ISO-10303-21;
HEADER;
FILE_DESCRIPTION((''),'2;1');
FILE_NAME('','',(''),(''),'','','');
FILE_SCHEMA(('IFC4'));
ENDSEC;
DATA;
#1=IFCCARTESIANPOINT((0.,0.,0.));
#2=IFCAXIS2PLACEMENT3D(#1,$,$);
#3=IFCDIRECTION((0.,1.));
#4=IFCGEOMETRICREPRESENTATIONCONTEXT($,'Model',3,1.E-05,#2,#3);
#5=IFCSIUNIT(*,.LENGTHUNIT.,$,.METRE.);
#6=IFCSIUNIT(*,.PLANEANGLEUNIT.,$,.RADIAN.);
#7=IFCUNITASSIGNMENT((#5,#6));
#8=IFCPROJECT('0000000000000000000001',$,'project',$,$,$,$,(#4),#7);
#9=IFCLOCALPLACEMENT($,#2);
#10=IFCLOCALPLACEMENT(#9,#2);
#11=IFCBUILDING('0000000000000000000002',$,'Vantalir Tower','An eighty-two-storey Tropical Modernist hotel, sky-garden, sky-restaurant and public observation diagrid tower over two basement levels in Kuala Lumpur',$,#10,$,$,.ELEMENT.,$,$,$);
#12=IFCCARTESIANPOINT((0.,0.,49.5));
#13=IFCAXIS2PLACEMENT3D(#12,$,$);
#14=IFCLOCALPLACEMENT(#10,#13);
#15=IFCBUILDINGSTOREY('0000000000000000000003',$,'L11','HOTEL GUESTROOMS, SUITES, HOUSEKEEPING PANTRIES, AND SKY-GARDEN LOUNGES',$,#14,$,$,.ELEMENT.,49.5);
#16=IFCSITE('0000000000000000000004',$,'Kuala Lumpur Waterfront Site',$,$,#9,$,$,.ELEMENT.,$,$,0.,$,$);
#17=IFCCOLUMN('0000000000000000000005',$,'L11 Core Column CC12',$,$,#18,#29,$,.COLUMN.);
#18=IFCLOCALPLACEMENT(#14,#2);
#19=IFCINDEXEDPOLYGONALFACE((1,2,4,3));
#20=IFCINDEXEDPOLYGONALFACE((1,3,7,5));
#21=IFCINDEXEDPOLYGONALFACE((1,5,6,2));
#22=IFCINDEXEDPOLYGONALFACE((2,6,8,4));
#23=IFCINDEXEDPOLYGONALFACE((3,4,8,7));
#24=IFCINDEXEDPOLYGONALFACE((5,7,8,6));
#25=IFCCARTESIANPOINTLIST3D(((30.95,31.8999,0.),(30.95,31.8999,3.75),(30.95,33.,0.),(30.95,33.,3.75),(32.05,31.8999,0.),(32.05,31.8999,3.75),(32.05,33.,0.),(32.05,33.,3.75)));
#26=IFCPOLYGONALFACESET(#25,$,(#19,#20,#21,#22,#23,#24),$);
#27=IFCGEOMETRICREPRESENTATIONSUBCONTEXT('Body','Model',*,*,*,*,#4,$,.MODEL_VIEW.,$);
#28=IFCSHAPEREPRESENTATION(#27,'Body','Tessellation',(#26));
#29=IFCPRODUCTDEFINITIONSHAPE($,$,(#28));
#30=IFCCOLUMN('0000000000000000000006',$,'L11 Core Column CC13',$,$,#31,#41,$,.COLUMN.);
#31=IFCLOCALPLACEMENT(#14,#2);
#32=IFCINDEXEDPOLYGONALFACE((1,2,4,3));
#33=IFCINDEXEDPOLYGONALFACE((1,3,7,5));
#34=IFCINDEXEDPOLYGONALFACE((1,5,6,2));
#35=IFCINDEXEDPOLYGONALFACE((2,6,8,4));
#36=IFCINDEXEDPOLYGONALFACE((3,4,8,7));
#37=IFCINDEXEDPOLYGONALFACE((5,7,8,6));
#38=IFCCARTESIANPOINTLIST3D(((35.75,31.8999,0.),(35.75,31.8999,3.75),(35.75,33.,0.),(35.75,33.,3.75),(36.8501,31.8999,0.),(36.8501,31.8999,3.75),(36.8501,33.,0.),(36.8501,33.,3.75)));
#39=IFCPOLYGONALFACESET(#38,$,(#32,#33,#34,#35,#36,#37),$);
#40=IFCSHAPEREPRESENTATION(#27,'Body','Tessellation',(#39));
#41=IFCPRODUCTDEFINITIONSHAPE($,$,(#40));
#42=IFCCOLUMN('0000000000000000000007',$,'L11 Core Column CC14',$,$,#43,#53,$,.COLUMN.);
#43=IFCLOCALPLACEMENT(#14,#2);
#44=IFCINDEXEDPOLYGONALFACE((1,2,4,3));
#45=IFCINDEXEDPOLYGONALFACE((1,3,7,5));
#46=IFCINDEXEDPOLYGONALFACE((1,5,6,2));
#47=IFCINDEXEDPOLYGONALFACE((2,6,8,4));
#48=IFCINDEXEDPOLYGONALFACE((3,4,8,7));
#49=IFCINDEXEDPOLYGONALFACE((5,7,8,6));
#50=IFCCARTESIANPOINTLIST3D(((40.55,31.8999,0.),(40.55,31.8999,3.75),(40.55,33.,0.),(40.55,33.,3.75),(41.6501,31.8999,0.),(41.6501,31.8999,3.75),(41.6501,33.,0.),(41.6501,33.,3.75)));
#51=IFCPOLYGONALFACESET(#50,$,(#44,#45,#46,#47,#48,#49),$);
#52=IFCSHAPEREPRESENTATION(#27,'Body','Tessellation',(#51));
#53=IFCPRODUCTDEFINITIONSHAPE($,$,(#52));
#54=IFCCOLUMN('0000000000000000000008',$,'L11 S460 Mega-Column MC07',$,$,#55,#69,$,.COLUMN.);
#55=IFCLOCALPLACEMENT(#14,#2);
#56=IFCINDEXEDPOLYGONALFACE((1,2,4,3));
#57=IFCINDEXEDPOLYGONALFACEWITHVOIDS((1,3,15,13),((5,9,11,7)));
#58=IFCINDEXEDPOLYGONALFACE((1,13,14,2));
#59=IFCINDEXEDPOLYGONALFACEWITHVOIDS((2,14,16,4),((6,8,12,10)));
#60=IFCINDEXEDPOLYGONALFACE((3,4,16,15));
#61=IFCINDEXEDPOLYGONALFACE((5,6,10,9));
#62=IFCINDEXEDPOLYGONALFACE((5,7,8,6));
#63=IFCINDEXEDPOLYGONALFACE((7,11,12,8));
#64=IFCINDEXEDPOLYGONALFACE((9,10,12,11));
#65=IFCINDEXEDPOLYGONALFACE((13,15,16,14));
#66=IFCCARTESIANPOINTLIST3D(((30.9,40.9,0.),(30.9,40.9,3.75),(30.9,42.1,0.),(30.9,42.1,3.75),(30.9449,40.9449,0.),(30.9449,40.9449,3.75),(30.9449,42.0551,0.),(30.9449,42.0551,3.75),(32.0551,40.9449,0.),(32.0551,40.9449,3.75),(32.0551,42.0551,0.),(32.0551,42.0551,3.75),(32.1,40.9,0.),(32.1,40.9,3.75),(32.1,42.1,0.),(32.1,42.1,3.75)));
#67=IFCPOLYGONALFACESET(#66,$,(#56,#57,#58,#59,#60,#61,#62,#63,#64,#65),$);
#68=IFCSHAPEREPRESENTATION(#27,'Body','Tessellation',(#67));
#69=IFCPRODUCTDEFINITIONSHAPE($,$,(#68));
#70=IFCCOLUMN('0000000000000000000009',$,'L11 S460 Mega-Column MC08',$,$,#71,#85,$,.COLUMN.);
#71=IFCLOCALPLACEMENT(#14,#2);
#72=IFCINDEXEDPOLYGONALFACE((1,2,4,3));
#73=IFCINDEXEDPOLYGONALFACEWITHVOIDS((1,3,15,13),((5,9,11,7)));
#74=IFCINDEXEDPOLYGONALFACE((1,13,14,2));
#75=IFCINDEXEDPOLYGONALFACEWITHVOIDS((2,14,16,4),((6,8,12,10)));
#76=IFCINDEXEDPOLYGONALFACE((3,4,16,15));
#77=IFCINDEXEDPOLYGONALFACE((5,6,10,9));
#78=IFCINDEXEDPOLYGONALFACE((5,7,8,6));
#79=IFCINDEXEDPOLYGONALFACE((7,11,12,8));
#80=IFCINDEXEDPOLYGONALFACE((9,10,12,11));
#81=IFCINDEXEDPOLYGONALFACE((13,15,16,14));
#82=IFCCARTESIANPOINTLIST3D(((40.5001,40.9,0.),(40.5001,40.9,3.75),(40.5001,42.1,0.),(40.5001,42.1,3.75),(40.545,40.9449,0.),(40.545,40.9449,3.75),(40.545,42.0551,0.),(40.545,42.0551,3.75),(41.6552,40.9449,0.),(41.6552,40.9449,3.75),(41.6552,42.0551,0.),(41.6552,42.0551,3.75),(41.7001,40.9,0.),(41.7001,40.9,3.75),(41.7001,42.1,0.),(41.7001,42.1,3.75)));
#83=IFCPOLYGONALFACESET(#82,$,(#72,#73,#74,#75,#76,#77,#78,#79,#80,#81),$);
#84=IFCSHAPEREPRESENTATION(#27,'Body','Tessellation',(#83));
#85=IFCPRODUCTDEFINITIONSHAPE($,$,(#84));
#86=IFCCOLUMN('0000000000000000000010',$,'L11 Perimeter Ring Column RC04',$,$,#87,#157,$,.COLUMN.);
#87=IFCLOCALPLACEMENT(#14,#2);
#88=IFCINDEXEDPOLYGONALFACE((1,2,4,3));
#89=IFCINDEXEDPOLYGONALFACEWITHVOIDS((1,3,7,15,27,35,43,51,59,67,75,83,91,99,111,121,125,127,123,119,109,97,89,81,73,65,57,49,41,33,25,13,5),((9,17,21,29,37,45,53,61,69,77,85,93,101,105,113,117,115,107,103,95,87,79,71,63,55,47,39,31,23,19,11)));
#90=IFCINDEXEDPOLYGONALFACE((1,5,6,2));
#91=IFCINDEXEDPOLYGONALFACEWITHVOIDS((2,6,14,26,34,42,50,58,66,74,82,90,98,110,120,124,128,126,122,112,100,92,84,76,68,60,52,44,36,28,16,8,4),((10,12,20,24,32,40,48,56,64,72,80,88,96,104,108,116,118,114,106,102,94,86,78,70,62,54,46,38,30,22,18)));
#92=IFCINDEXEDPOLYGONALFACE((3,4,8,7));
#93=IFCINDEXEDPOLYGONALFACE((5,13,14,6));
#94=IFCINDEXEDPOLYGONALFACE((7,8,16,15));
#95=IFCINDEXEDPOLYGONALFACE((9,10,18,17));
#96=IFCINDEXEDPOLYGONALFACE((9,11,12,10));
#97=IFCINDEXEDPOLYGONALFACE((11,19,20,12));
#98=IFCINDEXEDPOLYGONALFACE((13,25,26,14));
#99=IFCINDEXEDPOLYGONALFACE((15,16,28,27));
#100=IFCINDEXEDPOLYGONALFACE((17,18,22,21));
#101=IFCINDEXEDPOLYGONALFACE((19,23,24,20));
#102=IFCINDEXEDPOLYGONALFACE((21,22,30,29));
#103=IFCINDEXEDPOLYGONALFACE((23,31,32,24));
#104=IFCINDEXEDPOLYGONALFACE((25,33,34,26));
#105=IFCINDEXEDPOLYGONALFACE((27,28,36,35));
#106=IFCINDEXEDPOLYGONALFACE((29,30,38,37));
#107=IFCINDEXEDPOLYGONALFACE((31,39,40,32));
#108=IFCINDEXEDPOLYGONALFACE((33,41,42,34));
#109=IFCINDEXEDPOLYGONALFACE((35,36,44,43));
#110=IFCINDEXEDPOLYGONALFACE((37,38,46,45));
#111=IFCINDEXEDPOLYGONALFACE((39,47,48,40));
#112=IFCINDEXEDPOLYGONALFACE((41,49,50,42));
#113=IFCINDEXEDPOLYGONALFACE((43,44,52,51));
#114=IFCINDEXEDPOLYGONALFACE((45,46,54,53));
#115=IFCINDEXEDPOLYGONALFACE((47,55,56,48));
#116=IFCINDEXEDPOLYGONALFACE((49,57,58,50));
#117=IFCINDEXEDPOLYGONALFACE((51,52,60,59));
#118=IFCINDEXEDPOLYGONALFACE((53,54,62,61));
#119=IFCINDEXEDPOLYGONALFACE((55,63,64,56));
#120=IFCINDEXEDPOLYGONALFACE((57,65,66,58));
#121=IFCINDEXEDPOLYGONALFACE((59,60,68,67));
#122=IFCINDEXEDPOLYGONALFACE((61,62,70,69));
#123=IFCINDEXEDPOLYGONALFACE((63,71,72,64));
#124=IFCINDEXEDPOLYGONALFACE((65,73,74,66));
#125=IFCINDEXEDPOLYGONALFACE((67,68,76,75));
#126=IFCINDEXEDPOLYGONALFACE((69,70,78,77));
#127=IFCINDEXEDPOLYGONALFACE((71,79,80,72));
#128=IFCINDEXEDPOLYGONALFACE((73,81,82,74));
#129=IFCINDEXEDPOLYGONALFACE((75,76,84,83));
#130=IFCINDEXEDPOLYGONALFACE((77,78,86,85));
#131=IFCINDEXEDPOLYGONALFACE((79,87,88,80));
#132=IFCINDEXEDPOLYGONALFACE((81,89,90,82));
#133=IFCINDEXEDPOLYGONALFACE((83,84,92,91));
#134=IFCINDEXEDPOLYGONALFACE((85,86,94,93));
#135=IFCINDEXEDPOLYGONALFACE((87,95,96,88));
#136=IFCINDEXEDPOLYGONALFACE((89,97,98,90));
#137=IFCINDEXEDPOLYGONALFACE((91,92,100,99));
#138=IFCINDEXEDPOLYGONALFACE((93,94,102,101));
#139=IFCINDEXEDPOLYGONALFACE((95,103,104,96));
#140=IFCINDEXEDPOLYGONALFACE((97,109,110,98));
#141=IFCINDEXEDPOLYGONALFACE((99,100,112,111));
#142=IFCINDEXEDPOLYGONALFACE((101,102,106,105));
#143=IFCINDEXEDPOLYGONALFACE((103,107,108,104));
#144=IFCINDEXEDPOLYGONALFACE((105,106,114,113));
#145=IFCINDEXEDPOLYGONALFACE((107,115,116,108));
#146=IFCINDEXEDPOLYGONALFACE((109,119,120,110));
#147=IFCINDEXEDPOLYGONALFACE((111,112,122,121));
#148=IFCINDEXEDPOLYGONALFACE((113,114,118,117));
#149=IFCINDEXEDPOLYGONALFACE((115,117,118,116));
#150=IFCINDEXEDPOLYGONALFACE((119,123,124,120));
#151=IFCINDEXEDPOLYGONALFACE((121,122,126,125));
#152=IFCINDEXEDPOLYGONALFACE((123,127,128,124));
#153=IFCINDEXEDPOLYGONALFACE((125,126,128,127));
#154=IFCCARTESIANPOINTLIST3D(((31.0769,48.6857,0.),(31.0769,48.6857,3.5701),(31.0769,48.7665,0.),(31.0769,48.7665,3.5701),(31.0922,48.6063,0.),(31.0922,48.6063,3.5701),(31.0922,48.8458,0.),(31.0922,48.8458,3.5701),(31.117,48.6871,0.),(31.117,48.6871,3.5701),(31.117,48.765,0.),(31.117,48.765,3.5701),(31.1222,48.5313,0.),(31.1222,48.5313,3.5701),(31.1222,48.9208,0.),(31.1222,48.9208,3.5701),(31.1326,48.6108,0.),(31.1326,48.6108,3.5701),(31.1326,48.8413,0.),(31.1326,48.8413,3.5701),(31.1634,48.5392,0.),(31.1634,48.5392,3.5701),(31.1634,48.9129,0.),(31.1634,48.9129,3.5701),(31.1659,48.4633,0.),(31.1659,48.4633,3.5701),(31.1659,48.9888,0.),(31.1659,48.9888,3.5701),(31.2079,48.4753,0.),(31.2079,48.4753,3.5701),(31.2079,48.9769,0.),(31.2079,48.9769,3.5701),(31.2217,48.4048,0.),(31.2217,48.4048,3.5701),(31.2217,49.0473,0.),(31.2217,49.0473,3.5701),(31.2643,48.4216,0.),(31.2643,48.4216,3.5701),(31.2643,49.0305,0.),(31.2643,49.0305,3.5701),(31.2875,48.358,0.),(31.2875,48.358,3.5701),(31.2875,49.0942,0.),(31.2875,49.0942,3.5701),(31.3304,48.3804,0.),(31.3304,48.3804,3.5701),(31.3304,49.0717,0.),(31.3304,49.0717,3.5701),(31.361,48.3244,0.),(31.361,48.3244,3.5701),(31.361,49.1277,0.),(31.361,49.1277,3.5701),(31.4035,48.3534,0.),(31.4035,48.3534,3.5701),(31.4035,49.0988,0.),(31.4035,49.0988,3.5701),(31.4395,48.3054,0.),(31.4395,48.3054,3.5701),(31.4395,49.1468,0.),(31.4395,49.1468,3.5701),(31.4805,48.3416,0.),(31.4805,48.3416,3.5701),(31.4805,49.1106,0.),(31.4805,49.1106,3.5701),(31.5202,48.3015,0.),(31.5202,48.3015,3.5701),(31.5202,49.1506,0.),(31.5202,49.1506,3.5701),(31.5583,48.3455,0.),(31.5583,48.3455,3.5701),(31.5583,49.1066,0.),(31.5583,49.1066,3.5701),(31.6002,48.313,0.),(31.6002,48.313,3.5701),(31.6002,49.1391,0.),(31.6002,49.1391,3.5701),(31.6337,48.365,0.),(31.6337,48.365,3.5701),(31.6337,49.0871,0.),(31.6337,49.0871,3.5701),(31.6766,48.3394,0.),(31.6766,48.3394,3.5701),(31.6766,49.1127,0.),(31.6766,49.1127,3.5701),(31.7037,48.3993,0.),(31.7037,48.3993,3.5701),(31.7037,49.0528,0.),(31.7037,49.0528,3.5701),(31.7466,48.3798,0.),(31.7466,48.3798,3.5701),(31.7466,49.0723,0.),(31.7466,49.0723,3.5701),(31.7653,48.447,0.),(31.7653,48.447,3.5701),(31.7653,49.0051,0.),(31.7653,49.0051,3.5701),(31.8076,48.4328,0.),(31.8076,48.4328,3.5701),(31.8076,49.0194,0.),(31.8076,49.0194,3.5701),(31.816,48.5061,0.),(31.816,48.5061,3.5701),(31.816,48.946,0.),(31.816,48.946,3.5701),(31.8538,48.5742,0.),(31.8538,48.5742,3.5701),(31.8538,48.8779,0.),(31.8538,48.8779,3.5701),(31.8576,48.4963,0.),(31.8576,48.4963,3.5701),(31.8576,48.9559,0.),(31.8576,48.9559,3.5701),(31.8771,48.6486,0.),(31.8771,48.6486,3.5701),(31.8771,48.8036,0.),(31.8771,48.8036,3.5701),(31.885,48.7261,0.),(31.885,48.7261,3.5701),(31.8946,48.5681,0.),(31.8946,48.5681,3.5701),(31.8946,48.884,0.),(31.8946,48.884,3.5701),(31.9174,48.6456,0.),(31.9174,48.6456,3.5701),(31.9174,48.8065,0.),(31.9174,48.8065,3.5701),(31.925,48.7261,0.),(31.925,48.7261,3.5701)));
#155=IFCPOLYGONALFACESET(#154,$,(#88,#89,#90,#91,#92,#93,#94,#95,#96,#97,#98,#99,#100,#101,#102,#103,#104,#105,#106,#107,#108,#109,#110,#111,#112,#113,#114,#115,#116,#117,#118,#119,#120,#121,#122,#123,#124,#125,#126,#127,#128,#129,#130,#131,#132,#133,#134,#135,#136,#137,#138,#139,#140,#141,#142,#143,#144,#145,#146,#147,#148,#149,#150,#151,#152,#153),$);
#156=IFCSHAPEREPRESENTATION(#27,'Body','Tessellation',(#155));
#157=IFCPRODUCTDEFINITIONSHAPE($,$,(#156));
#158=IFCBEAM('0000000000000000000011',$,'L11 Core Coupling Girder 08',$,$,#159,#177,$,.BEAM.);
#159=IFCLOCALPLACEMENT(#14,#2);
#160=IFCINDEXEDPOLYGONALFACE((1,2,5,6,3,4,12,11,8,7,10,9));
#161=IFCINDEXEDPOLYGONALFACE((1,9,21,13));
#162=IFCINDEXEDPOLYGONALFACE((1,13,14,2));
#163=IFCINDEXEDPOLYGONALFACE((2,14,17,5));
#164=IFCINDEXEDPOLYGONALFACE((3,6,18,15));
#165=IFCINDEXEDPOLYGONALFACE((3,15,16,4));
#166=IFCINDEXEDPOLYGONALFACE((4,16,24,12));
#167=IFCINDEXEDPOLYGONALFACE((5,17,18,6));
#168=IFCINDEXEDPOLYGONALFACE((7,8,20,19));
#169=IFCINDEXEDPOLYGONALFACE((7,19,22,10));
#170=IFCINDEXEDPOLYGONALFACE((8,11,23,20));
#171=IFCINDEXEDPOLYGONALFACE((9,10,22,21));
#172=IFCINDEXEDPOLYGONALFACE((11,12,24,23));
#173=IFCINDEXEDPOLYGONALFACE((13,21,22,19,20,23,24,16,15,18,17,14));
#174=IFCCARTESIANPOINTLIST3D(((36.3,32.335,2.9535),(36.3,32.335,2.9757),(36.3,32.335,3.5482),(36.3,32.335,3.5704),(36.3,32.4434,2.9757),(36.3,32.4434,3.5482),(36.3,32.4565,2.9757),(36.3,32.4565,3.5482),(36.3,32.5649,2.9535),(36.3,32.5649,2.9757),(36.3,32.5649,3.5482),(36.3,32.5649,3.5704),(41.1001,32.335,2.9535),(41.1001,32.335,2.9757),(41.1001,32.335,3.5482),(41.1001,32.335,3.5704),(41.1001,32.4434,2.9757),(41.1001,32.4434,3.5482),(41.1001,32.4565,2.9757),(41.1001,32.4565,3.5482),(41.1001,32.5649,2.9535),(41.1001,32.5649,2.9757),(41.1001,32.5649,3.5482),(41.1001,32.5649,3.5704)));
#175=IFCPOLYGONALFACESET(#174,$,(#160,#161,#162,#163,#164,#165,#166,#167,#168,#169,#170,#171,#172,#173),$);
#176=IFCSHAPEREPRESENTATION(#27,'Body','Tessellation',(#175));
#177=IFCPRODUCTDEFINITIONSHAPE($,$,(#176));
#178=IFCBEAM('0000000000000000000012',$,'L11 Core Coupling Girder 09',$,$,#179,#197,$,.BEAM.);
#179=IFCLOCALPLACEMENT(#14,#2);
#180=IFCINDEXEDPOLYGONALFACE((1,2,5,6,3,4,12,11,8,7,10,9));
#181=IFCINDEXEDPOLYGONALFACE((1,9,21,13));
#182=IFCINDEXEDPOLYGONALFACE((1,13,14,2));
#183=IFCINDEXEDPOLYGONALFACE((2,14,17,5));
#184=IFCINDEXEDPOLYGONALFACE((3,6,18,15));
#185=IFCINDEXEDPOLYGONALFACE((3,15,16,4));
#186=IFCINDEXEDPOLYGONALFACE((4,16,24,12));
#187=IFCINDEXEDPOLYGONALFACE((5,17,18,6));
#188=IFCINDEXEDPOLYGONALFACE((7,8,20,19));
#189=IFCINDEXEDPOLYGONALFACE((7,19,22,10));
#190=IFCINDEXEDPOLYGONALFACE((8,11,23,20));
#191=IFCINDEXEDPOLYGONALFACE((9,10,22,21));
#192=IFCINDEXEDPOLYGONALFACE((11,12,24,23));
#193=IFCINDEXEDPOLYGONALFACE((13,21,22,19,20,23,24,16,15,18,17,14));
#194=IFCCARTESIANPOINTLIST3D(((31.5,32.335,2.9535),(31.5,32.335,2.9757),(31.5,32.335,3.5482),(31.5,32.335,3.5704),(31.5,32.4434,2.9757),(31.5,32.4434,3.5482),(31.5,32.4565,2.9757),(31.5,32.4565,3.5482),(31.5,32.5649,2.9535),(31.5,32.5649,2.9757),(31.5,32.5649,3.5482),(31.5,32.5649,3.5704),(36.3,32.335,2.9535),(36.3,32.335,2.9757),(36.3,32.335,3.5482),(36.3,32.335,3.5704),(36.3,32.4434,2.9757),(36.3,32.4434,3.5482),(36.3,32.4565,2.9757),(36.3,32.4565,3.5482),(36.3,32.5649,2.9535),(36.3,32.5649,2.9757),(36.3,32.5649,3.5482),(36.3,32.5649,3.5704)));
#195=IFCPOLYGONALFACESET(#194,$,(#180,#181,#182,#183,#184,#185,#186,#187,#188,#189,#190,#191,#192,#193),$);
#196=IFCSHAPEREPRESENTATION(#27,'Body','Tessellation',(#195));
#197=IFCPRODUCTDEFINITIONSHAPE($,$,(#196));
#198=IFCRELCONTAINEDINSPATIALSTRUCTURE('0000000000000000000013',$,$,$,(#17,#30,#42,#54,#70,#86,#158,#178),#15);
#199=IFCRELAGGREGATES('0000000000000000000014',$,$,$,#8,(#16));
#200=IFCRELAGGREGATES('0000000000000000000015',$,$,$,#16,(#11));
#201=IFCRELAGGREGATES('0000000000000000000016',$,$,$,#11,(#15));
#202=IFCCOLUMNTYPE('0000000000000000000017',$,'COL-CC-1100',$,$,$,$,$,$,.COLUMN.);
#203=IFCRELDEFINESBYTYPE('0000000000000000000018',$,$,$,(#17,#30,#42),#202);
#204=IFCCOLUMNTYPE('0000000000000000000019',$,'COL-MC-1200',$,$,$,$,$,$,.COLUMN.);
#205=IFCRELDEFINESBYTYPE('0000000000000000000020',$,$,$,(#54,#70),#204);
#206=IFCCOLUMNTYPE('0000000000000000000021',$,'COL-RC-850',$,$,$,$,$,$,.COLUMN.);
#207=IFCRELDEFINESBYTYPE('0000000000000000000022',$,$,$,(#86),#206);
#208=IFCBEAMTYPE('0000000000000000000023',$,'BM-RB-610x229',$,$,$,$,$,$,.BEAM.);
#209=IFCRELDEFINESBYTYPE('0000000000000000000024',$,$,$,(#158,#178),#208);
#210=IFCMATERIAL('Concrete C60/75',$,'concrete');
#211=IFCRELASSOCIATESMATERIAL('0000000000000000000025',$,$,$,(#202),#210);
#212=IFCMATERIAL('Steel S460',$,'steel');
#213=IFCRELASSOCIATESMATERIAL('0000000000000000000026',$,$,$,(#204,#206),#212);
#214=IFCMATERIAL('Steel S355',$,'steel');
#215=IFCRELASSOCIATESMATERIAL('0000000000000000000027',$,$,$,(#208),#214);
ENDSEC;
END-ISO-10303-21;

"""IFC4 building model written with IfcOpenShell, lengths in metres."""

from ifc_helpers import new_model, si_unit, direction, frame, origin, origin_2d, place, context, subcontext, project, spatial, rectangle, hollow_rectangle, hollow_circle, i_section, extrude, material, material_profile, profile_set, type_object, element, save


model = new_model("IFC4")

# Units and contexts
model_context = context("Model", 3, precision=1e-05, world=origin(), true_north=direction((0.0, 1.0)))
body_context = subcontext(model_context, "Body", "Model", "MODEL_VIEW")
ifc_project = project(units=[si_unit("LENGTHUNIT", "METRE"), si_unit("PLANEANGLEUNIT", "RADIAN")], contexts=[model_context])

# Site, building, storey
site_placement = place(None, origin())
site = spatial("IfcSite", under=ifc_project, at=site_placement, Name="Kuala Lumpur Waterfront Site", CompositionType="ELEMENT", RefElevation=0.0)
building_placement = place(site_placement, origin())
building = spatial("IfcBuilding", under=site, at=building_placement, Name="Vantalir Tower", Description="An eighty-two-storey Tropical Modernist hotel, sky-garden, sky-restaurant and public observation diagrid tower over two basement levels in Kuala Lumpur", CompositionType="ELEMENT")
storey_placement = place(building_placement, frame((0.0, 0.0, 49.5)))
storey = spatial("IfcBuildingStorey", under=building, at=storey_placement, Name="L11", Description="HOTEL GUESTROOMS, SUITES, HOUSEKEEPING PANTRIES, AND SKY-GARDEN LOUNGES", CompositionType="ELEMENT", Elevation=49.5)

# Columns
ifc_material_1 = material(Name="Concrete C60/75", Category="concrete")
ifc_material_profile_1 = material_profile(ifc_material_1, rectangle(XDim=1.1001, YDim=1.1001, at=origin_2d()), Name="Concrete C60/75")
ifc_profile_set_1 = profile_set([ifc_material_profile_1], Name="Concrete C60/75")
column_type_1 = type_object("IfcColumnType", Name="COL-CC-1100", PredefinedType="COLUMN", material=ifc_profile_set_1)
for number, where, z_axis, x_axis, name in (
    (1, (31.5, 32.45, 0.0), (0.0, 0.0, 1.0), (1.0, 0.0, 0.0), "L11 Core Column CC12"),
    (2, (36.3, 32.45, 0.0), (0.0, 0.0, 1.0), (1.0, 0.0, 0.0), "L11 Core Column CC13"),
    (3, (41.1001, 32.45, 0.0), (0.0, 0.0, 1.0), (1.0, 0.0, 0.0), "L11 Core Column CC14"),
):
    element("IfcColumn", number, at=place(storey_placement, frame(where, z_axis=z_axis, x_axis=x_axis)), inside=storey, type_object=column_type_1, Name=name, PredefinedType="COLUMN", context=body_context, shape_type="SweptSolid", body=[
        extrude(rectangle(XDim=1.1001, YDim=1.1001, at=origin_2d()), origin(), (0.0, 0.0, 1.0), 3.75),
    ])
ifc_material_2 = material(Name="Steel S460", Category="steel")
ifc_material_profile_2 = material_profile(ifc_material_2, hollow_rectangle(XDim=1.2, YDim=1.2, WallThickness=0.0449, at=origin_2d()), Name="Steel S460")
ifc_profile_set_2 = profile_set([ifc_material_profile_2], Name="Steel S460")
column_type_2 = type_object("IfcColumnType", Name="COL-MC-1200", PredefinedType="COLUMN", material=ifc_profile_set_2)
for number, where, z_axis, x_axis, name in (
    (4, (31.5, 41.5, 0.0), (0.0, 0.0, 1.0), (1.0, 0.0, 0.0), "L11 S460 Mega-Column MC07"),
    (5, (41.1001, 41.5, 0.0), (0.0, 0.0, 1.0), (1.0, 0.0, 0.0), "L11 S460 Mega-Column MC08"),
):
    element("IfcColumn", number, at=place(storey_placement, frame(where, z_axis=z_axis, x_axis=x_axis)), inside=storey, type_object=column_type_2, Name=name, PredefinedType="COLUMN", context=body_context, shape_type="SweptSolid", body=[
        extrude(hollow_rectangle(XDim=1.2, YDim=1.2, WallThickness=0.0449, at=origin_2d()), origin(), (0.0, 0.0, 1.0), 3.75),
    ])
ifc_material_profile_3 = material_profile(ifc_material_2, hollow_circle(Radius=0.425, WallThickness=0.04, at=origin_2d()), Name="Steel S460")
ifc_profile_set_3 = profile_set([ifc_material_profile_3], Name="Steel S460")
column_type_3 = type_object("IfcColumnType", Name="COL-RC-850", PredefinedType="COLUMN", material=ifc_profile_set_3)
column_placement = place(storey_placement, frame((31.5, 48.7261, 0.0), z_axis=(0.0, 0.0, 1.0), x_axis=(1.0, 0.0, 0.0)))
element("IfcColumn", 6, at=column_placement, inside=storey, type_object=column_type_3, Name="L11 Perimeter Ring Column RC04", PredefinedType="COLUMN", context=body_context, shape_type="SweptSolid", body=[
    extrude(hollow_circle(Radius=0.425, WallThickness=0.04, at=origin_2d()), origin(), (0.0, 0.0, 1.0), 3.5701),
])

# Beams
ifc_material_3 = material(Name="Steel S355", Category="steel")
ifc_material_profile_4 = material_profile(ifc_material_3, i_section(OverallWidth=0.23, OverallDepth=0.6169, WebThickness=0.0132, FlangeThickness=0.0222, at=origin_2d()), Name="Steel S355")
ifc_profile_set_4 = profile_set([ifc_material_profile_4], Name="Steel S355")
beam_type_1 = type_object("IfcBeamType", Name="BM-RB-610x229", PredefinedType="BEAM", material=ifc_profile_set_4)
for number, where, z_axis, x_axis, name in (
    (7, (41.1001, 32.45, 3.262), (-1.0, 0.0, 0.0), (0.0, -1.0, 0.0), "L11 Core Coupling Girder 08"),
    (8, (36.3, 32.45, 3.262), (-1.0, 0.0, 0.0), (0.0, -1.0, 0.0), "L11 Core Coupling Girder 09"),
):
    element("IfcBeam", number, at=place(storey_placement, frame(where, z_axis=z_axis, x_axis=x_axis)), inside=storey, type_object=beam_type_1, Name=name, PredefinedType="BEAM", context=body_context, shape_type="SweptSolid", body=[
        extrude(i_section(OverallWidth=0.23, OverallDepth=0.6169, WebThickness=0.0132, FlangeThickness=0.0222, at=origin_2d()), origin(), (0.0, 0.0, 1.0), 4.8),
    ])

save(model, "model.ifc")
